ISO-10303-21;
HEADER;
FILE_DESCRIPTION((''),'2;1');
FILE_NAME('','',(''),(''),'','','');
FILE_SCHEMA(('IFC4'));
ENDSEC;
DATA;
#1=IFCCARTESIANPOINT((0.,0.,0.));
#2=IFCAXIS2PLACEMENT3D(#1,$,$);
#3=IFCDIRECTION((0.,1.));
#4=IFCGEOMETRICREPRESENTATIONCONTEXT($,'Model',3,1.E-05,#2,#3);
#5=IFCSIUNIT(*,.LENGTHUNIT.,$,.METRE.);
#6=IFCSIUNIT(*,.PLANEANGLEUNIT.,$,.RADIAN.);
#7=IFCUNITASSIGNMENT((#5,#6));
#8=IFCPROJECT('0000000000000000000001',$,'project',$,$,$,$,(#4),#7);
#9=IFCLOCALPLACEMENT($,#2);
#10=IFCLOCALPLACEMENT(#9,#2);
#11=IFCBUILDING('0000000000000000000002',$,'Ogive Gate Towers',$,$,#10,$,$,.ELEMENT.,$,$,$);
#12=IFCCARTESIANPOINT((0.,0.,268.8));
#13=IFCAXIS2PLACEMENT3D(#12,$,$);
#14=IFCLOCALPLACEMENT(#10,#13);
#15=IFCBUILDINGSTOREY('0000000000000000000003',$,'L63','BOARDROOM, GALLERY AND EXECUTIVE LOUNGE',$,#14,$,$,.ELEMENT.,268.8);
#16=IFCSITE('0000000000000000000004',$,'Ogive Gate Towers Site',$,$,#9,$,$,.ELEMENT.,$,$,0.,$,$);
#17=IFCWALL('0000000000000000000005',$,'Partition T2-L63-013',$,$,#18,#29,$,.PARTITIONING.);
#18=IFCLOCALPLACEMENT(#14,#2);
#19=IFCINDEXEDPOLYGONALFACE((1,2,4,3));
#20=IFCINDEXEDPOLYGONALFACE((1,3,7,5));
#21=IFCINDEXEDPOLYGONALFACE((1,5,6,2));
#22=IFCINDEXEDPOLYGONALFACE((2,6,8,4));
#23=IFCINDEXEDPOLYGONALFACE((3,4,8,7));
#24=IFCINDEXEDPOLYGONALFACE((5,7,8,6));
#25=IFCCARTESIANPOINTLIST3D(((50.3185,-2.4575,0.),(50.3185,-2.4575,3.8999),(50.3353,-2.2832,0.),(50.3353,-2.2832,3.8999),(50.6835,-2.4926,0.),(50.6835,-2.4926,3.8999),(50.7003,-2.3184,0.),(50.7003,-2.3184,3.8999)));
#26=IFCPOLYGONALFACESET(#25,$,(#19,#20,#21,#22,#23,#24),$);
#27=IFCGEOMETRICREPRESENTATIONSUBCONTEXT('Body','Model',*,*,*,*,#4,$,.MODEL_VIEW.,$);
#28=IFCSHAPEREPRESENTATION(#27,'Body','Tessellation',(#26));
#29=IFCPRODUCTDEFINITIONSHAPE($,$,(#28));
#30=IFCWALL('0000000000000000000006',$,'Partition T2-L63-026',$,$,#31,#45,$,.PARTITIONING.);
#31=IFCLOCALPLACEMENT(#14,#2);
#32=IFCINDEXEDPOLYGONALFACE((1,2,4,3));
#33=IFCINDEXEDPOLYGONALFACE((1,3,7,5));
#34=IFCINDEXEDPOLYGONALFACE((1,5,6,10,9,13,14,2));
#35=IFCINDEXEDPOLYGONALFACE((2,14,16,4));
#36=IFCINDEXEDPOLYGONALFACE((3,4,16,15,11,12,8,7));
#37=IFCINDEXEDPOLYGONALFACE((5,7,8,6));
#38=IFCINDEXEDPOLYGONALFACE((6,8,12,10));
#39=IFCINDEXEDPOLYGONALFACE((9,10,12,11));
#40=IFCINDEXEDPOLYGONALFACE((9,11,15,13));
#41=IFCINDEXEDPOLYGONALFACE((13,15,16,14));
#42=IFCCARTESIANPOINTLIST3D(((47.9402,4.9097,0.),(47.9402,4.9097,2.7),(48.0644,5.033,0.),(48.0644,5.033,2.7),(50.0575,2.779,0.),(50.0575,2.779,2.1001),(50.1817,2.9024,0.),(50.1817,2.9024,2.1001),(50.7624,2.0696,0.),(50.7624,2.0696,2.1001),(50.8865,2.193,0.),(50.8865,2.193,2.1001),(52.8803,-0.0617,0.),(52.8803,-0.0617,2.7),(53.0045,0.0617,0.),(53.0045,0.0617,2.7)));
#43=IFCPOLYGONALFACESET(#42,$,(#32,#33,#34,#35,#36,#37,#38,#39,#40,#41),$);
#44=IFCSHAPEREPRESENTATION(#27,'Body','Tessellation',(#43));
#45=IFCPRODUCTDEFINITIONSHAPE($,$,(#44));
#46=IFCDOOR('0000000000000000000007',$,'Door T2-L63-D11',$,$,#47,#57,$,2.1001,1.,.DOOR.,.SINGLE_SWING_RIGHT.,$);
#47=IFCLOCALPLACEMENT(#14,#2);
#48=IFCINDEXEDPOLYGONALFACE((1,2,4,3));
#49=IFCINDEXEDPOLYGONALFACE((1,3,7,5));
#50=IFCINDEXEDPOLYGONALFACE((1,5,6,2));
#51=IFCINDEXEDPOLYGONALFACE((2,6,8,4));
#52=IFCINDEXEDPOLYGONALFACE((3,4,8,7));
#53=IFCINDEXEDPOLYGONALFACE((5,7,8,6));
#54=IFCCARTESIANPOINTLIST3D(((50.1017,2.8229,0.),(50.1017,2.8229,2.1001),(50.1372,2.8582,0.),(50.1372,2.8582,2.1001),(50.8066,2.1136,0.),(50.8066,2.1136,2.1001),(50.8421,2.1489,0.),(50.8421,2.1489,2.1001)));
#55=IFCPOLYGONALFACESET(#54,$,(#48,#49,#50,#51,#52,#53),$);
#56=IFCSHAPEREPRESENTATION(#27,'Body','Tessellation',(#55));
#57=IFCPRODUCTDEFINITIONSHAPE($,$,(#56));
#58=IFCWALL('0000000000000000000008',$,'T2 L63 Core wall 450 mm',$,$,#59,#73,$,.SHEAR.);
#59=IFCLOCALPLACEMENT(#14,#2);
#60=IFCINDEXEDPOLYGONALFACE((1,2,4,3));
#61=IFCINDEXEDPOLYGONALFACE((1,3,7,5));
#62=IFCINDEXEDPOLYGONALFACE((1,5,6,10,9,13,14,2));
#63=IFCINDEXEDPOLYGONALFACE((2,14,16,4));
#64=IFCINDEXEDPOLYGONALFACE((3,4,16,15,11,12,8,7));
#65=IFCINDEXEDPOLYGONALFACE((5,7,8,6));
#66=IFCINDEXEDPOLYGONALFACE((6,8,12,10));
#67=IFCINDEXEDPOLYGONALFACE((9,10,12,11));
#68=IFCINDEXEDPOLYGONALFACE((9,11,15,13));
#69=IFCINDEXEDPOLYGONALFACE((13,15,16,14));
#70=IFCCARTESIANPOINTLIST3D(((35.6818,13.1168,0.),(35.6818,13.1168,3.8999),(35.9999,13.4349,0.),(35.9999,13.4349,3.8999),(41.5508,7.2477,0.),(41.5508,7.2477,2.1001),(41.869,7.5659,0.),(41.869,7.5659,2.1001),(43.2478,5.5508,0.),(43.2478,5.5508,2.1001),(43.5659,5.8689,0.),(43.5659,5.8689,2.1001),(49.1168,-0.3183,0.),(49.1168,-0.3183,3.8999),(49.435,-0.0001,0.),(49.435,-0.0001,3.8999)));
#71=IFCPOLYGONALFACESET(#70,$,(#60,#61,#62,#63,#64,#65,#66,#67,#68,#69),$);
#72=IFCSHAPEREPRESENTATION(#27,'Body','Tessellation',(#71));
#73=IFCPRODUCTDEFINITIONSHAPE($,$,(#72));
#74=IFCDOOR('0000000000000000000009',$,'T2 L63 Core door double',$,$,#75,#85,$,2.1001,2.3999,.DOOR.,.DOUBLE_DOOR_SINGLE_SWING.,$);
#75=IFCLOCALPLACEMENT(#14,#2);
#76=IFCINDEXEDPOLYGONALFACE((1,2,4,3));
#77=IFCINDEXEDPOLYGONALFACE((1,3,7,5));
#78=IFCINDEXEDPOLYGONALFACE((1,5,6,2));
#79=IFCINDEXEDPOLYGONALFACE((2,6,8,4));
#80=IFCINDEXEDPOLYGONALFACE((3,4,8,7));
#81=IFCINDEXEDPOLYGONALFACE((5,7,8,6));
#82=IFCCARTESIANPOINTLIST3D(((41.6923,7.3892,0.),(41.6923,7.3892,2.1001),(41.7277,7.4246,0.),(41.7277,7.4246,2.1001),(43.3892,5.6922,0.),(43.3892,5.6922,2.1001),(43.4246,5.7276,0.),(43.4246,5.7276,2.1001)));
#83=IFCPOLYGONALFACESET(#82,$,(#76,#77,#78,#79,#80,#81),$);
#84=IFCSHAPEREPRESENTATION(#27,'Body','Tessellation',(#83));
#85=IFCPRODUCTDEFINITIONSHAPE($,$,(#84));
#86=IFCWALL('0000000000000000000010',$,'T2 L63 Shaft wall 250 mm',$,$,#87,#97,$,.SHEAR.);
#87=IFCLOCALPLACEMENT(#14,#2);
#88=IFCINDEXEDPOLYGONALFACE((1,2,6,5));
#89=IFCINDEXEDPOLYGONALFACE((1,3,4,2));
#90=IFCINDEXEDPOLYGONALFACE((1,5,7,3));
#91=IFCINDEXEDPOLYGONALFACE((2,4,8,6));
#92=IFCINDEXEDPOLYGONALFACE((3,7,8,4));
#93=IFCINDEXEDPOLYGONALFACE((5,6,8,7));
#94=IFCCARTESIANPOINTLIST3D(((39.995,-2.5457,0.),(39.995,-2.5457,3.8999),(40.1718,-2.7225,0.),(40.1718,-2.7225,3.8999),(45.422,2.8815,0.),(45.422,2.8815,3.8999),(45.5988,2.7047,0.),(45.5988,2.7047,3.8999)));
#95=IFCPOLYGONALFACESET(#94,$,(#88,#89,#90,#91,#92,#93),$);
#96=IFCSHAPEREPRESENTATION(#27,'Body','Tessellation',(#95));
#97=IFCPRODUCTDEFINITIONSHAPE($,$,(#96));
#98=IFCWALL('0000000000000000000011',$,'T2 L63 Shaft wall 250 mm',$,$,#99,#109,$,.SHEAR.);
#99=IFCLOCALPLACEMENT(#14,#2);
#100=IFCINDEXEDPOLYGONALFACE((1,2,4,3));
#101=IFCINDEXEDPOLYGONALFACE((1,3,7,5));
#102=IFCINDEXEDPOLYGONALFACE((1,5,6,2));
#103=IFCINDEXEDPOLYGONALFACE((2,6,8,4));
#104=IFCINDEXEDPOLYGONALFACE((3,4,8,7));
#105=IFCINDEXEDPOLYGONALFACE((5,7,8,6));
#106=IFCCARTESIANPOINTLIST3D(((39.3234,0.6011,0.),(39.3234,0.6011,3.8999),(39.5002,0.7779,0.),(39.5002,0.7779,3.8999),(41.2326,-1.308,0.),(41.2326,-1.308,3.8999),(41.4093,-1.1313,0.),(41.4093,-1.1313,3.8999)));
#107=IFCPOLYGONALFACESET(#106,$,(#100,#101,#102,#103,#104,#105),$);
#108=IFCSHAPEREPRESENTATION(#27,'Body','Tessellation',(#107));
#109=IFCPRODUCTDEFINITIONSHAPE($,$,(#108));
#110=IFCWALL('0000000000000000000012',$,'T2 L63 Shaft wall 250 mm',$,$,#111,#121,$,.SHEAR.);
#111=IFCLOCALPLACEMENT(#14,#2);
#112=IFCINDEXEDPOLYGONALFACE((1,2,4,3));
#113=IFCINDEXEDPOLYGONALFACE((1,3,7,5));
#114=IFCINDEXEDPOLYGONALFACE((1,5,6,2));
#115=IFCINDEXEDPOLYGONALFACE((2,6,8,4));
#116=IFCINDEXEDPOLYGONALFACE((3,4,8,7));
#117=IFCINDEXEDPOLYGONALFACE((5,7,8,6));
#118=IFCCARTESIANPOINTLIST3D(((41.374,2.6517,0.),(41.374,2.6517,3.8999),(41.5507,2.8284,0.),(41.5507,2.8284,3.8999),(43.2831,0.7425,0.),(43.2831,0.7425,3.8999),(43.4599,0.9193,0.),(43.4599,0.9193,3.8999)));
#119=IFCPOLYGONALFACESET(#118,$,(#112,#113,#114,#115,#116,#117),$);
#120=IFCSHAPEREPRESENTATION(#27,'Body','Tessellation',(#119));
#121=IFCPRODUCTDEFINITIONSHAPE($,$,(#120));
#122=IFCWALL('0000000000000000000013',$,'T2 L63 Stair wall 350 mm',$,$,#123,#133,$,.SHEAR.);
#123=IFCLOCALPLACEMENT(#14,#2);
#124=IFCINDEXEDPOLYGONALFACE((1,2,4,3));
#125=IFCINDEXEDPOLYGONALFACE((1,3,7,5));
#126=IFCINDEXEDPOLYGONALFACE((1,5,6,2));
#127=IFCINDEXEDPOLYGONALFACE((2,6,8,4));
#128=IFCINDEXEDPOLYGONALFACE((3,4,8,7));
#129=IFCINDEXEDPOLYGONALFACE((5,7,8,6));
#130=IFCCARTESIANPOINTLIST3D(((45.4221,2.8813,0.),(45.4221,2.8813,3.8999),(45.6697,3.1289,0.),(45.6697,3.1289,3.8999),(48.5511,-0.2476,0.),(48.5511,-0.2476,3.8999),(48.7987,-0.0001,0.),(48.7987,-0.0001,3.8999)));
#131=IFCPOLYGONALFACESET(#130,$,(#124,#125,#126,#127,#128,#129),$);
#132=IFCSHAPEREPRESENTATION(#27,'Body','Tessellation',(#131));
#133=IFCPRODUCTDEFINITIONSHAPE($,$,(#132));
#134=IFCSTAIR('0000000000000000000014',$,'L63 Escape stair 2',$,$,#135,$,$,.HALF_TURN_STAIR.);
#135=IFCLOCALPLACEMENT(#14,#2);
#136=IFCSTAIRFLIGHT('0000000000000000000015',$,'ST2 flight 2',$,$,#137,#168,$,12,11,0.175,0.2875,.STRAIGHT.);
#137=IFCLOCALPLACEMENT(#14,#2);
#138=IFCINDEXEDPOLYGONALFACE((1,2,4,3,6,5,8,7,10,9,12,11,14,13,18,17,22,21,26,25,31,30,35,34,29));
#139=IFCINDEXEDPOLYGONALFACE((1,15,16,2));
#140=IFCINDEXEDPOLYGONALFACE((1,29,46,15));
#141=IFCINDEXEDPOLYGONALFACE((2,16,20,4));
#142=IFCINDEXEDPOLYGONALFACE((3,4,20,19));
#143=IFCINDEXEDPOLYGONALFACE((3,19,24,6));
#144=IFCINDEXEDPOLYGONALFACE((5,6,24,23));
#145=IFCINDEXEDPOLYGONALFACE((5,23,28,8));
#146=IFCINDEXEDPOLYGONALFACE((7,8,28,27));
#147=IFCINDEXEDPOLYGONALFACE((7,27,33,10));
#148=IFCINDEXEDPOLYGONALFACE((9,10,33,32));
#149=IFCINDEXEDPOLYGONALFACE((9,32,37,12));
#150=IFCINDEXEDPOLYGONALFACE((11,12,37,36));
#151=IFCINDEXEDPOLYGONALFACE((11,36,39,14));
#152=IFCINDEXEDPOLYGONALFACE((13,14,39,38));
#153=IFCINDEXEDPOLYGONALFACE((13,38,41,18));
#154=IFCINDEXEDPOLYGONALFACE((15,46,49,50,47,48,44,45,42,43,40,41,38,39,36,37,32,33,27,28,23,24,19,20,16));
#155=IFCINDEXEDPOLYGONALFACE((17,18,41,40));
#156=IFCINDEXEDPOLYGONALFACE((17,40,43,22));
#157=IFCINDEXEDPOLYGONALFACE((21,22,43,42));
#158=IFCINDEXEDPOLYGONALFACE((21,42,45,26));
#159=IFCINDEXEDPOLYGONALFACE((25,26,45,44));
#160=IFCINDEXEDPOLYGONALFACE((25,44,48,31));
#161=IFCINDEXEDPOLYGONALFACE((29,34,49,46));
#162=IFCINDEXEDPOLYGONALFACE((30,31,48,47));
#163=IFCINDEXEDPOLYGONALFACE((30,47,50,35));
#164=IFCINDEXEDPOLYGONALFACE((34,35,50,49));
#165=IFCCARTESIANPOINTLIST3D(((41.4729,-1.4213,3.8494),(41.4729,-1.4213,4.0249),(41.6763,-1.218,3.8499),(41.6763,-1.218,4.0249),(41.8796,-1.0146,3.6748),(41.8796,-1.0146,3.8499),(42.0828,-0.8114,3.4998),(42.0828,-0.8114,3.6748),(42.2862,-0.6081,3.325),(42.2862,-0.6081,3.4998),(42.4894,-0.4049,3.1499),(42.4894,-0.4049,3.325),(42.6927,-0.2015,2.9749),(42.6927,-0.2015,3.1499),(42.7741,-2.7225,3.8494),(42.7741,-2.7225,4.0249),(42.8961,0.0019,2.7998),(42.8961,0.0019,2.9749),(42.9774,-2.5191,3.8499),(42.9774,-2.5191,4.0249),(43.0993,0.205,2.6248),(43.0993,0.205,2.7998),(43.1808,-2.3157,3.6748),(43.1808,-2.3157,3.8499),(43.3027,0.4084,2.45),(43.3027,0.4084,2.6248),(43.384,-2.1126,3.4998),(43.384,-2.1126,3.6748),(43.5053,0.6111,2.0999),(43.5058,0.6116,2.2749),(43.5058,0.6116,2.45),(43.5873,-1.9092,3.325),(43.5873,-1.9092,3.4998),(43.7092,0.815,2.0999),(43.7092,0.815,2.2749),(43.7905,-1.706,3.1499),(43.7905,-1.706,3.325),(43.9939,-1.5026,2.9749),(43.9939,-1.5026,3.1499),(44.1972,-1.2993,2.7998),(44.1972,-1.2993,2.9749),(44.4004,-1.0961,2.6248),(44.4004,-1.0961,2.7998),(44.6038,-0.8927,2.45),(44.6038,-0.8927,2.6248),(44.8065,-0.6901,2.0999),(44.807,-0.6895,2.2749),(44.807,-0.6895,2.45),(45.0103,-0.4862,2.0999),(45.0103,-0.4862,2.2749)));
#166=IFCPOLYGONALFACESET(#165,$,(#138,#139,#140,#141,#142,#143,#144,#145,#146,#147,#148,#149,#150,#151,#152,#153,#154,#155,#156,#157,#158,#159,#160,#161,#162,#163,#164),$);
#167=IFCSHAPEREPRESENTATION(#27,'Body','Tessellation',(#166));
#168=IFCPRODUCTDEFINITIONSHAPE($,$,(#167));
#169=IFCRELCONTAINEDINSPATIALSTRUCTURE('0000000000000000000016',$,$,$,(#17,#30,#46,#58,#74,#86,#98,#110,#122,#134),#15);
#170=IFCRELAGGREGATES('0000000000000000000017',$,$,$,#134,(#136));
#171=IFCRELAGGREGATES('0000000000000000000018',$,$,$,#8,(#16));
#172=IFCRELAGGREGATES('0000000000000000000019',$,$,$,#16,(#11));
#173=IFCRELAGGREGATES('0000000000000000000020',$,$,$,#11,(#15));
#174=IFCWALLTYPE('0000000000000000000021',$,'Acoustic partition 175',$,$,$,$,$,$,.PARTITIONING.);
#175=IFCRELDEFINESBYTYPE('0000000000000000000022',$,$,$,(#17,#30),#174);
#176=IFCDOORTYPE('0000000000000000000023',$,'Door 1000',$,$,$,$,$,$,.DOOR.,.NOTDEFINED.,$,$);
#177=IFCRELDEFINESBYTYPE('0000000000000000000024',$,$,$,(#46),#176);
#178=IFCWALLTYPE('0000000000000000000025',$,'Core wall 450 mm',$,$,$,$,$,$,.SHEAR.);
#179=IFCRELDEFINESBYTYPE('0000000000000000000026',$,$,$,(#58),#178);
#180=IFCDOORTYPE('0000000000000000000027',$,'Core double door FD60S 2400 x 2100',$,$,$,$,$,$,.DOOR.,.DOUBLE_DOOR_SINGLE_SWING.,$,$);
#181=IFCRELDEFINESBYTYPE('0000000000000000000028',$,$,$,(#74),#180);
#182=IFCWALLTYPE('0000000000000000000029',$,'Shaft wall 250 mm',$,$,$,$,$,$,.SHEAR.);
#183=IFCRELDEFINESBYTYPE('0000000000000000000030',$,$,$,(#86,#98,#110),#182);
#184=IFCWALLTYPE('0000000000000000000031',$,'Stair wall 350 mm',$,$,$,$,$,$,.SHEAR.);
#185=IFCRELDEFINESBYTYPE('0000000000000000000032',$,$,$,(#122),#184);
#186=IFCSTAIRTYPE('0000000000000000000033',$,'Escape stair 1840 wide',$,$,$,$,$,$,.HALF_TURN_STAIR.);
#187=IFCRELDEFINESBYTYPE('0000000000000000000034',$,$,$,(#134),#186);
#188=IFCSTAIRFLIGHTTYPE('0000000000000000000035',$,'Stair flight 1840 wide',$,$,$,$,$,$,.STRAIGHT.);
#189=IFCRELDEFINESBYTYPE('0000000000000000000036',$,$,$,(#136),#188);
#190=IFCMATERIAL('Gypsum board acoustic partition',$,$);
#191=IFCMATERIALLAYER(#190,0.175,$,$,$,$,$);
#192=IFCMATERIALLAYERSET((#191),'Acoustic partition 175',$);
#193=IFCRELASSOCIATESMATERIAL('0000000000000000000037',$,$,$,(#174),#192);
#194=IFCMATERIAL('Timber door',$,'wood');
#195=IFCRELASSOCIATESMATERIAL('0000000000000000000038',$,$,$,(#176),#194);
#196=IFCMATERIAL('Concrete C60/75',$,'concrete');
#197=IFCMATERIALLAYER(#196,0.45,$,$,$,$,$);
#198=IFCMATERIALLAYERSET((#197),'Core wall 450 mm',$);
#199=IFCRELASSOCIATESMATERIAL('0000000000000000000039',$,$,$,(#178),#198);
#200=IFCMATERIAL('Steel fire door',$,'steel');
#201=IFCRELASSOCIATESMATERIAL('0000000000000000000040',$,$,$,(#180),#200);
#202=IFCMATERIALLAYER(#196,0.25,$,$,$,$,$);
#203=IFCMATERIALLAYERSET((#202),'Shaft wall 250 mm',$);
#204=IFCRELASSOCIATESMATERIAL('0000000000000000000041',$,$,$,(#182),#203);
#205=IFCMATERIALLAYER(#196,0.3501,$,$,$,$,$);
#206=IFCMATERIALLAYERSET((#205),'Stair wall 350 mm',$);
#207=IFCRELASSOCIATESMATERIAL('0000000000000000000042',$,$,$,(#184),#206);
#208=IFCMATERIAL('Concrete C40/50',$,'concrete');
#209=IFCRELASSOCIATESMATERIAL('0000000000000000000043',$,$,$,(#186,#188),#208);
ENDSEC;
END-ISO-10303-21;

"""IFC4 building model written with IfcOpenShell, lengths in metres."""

from ifc_helpers import new_model, si_unit, direction, frame, frame_2d, origin, place, context, subcontext, project, spatial, polyline, rectangle, outline, extrude, material, layer, layer_set, type_object, element, fill, aggregate, save


model = new_model("IFC4")

# Units and contexts
model_context = context("Model", 3, precision=1e-05, world=origin(), true_north=direction((0.0, 1.0)))
body_context = subcontext(model_context, "Body", "Model", "MODEL_VIEW")
ifc_project = project(units=[si_unit("LENGTHUNIT", "METRE"), si_unit("PLANEANGLEUNIT", "RADIAN")], contexts=[model_context])

# Site, building, storey
site_placement = place(None, origin())
site = spatial("IfcSite", under=ifc_project, at=site_placement, Name="Ogive Gate Towers Site", CompositionType="ELEMENT", RefElevation=0.0)
building_placement = place(site_placement, origin())
building = spatial("IfcBuilding", under=site, at=building_placement, Name="Ogive Gate Towers", CompositionType="ELEMENT")
storey_placement = place(building_placement, frame((0.0, 0.0, 268.8)))
storey = spatial("IfcBuildingStorey", under=building, at=storey_placement, Name="L63", Description="BOARDROOM, GALLERY AND EXECUTIVE LOUNGE", CompositionType="ELEMENT", Elevation=268.8)

# Shared definitions
ifc_material_1 = material(Name="Concrete C40/50", Category="concrete")

# Wall
ifc_material_2 = material(Name="Gypsum board acoustic partition")
ifc_layer_1 = layer(ifc_material_2, 0.175)
ifc_layer_set_1 = layer_set([ifc_layer_1], Name="Acoustic partition 175")
wall_type_1 = type_object("IfcWallType", Name="Acoustic partition 175", PredefinedType="PARTITIONING", material=ifc_layer_set_1)
wall_1_placement = place(storey_placement, frame((50.3269, -2.3704, 0.0), z_axis=(0.0, 0.0, 1.0), x_axis=(0.995393, -0.095877, 0.0)))
element("IfcWall", 1, at=wall_1_placement, inside=storey, type_object=wall_type_1, Name="Partition T2-L63-013", PredefinedType="PARTITIONING", context=body_context, shape_type="SweptSolid", body=[
    extrude(rectangle(XDim=0.3667, YDim=0.175, at=frame_2d((0.1833, 0.0))), origin(), (0.0, 0.0, 1.0), 3.8999),
])

# Walls, openings, doors
wall_2_placement = place(storey_placement, frame((48.0022, 4.9714, 0.0), z_axis=(0.0, 0.0, 1.0), x_axis=(0.704874, -0.709333, 0.0)))
wall_2 = element("IfcWall", 2, at=wall_2_placement, inside=storey, type_object=wall_type_1, Name="Partition T2-L63-026", PredefinedType="PARTITIONING", context=body_context, shape_type="SweptSolid", body=[
    extrude(rectangle(XDim=7.0085, YDim=0.175, at=frame_2d((3.5044, 0.0))), origin(), (0.0, 0.0, 1.0), 2.7),
])
opening_1_placement = place(wall_2_placement, frame((3.0039, 0.0, 0.0)))
opening_1 = element("IfcOpeningElement", 3, at=opening_1_placement, cuts=wall_2, PredefinedType="OPENING", context=body_context, shape_type="SweptSolid", body=[
    extrude(rectangle(XDim=1.0, YDim=2.1001, at=frame_2d((0.5, 1.05))), frame((0.0, 0.0977, 0.0), z_axis=(0.0, -1.0, 0.0), x_axis=(1.0, 0.0, 0.0)), (0.0, 0.0, 1.0), 0.1951),
])
ifc_material_3 = material(Name="Timber door", Category="wood")
door_type_1 = type_object("IfcDoorType", Name="Door 1000", OperationType="NOTDEFINED", PredefinedType="DOOR", material=ifc_material_3)
door_1_placement = place(opening_1_placement, origin())
door_1 = element("IfcDoor", 4, at=door_1_placement, inside=storey, type_object=door_type_1, Name="Door T2-L63-D11", OperationType="SINGLE_SWING_RIGHT", OverallHeight=2.1001, OverallWidth=1.0, PredefinedType="DOOR", context=body_context, shape_type="SweptSolid", body=[
    extrude(rectangle(XDim=1.0, YDim=2.1001, at=frame_2d((0.5, 1.05))), frame((0.0, 0.0249, 0.0), z_axis=(0.0, -1.0, 0.0), x_axis=(1.0, 0.0, 0.0)), (0.0, 0.0, 1.0), 0.05),
])
fill(opening_1, door_1)
ifc_material_4 = material(Name="Concrete C60/75", Category="concrete")
ifc_layer_2 = layer(ifc_material_4, 0.45)
ifc_layer_set_2 = layer_set([ifc_layer_2], Name="Core wall 450 mm")
wall_type_2 = type_object("IfcWallType", Name="Core wall 450 mm", PredefinedType="SHEAR", material=ifc_layer_set_2)
wall_3_placement = place(storey_placement, frame((49.2759, -0.1592, 0.0), z_axis=(0.0, 0.0, 1.0), x_axis=(-0.707107, 0.707107, 0.0)))
wall_3 = element("IfcWall", 5, at=wall_3_placement, inside=storey, type_object=wall_type_2, Name="T2 L63 Core wall 450 mm", PredefinedType="SHEAR", context=body_context, shape_type="SweptSolid", body=[
    extrude(rectangle(XDim=19.0, YDim=0.45, at=frame_2d((9.5, 0.0))), origin(), (0.0, 0.0, 1.0), 3.8999),
])
opening_2_placement = place(wall_3_placement, frame((8.3, 0.0, 0.0)))
opening_2 = element("IfcOpeningElement", 6, at=opening_2_placement, cuts=wall_3, PredefinedType="OPENING", context=body_context, shape_type="SweptSolid", body=[
    extrude(rectangle(XDim=2.3999, YDim=2.1001, at=frame_2d((1.2, 1.05))), frame((0.0, 0.2349, 0.0), z_axis=(0.0, -1.0, 0.0), x_axis=(1.0, 0.0, 0.0)), (0.0, 0.0, 1.0), 0.47),
])
ifc_material_5 = material(Name="Steel fire door", Category="steel")
door_type_2 = type_object("IfcDoorType", Name="Core double door FD60S 2400 x 2100", OperationType="DOUBLE_DOOR_SINGLE_SWING", PredefinedType="DOOR", material=ifc_material_5)
door_2_placement = place(opening_2_placement, origin())
door_2 = element("IfcDoor", 7, at=door_2_placement, inside=storey, type_object=door_type_2, Name="T2 L63 Core door double", OperationType="DOUBLE_DOOR_SINGLE_SWING", OverallHeight=2.1001, OverallWidth=2.3999, PredefinedType="DOOR", context=body_context, shape_type="SweptSolid", body=[
    extrude(rectangle(XDim=2.3999, YDim=2.1001, at=frame_2d((1.2, 1.05))), frame((0.0, 0.0249, 0.0), z_axis=(0.0, -1.0, 0.0), x_axis=(1.0, 0.0, 0.0)), (0.0, 0.0, 1.0), 0.05),
])
fill(opening_2, door_2)

# Walls
ifc_layer_3 = layer(ifc_material_4, 0.25)
ifc_layer_set_3 = layer_set([ifc_layer_3], Name="Shaft wall 250 mm")
wall_type_3 = type_object("IfcWallType", Name="Shaft wall 250 mm", PredefinedType="SHEAR", material=ifc_layer_set_3)
wall_4_placement = place(storey_placement, frame((40.0835, -2.634, 0.0), z_axis=(0.0, 0.0, 1.0), x_axis=(0.707091, 0.707123, 0.0)))
element("IfcWall", 8, at=wall_4_placement, inside=storey, type_object=wall_type_3, Name="T2 L63 Shaft wall 250 mm", PredefinedType="SHEAR", context=body_context, shape_type="SweptSolid", body=[
    extrude(rectangle(XDim=7.675, YDim=0.25, at=frame_2d((3.8374, 0.0))), origin(), (0.0, 0.0, 1.0), 3.8999),
])
for number, where, z_axis, x_axis, name in (
    (9, (41.321, -1.2197, 0.0), (0.0, 0.0, 1.0), (-0.707107, 0.707107, 0.0), "T2 L63 Shaft wall 250 mm"),
    (10, (43.3716, 0.8308, 0.0), (0.0, 0.0, 1.0), (-0.707107, 0.707107, 0.0), "T2 L63 Shaft wall 250 mm"),
):
    element("IfcWall", number, at=place(storey_placement, frame(where, z_axis=z_axis, x_axis=x_axis)), inside=storey, type_object=wall_type_3, Name=name, PredefinedType="SHEAR", context=body_context, shape_type="SweptSolid", body=[
        extrude(rectangle(XDim=2.7, YDim=0.25, at=frame_2d((1.3501, 0.0))), origin(), (0.0, 0.0, 1.0), 3.8999),
    ])
ifc_layer_4 = layer(ifc_material_4, 0.3501)
ifc_layer_set_4 = layer_set([ifc_layer_4], Name="Stair wall 350 mm")
wall_type_4 = type_object("IfcWallType", Name="Stair wall 350 mm", PredefinedType="SHEAR", material=ifc_layer_set_4)
wall_5_placement = place(storey_placement, frame((48.6748, -0.1238, 0.0), z_axis=(0.0, 0.0, 1.0), x_axis=(-0.707107, 0.707107, 0.0)))
element("IfcWall", 11, at=wall_5_placement, inside=storey, type_object=wall_type_4, Name="T2 L63 Stair wall 350 mm", PredefinedType="SHEAR", context=body_context, shape_type="SweptSolid", body=[
    extrude(rectangle(XDim=4.425, YDim=0.3501, at=frame_2d((2.2124, 0.0))), origin(), (0.0, 0.0, 1.0), 3.8999),
])

# Stair, stair flight
stair_type = type_object("IfcStairType", Name="Escape stair 1840 wide", PredefinedType="HALF_TURN_STAIR", material=ifc_material_1)
stair_placement = place(storey_placement, origin())
stair = element("IfcStair", 12, at=stair_placement, inside=storey, type_object=stair_type, Name="L63 Escape stair 2", PredefinedType="HALF_TURN_STAIR")
stair_flight_type = type_object("IfcStairFlightType", Name="Stair flight 1840 wide", PredefinedType="STRAIGHT", material=ifc_material_1)
stair_flight_placement = place(storey_placement, frame((44.3599, 0.1643, 2.0999), z_axis=(0.0, 0.0, 1.0), x_axis=(-0.707107, -0.707107, 0.0)))
stair_flight = element("IfcStairFlight", 13, at=stair_flight_placement, type_object=stair_flight_type, Name="ST2 flight 2", NumberOfRisers=12, NumberOfTreads=11, PredefinedType="STRAIGHT", RiserHeight=0.175, TreadLength=0.2875, context=body_context, shape_type="SweptSolid", body=[
    extrude(outline(polyline([(0.0, 0.0), (0.0, 0.175), (0.2876, 0.175), (0.2876, 0.3501), (0.575, 0.3501), (0.575, 0.5249), (0.8625, 0.5249), (0.8625, 0.7), (1.1499, 0.7), (1.1499, 0.875), (1.4375, 0.875), (1.4375, 1.05), (1.7251, 1.05), (1.7251, 1.2251), (2.0125, 1.2251), (2.0125, 1.3999), (2.3, 1.3999), (2.3, 1.575), (2.5874, 1.575), (2.5874, 1.75), (2.875, 1.75), (2.875, 1.925), (3.1626, 1.925), (3.1626, 2.1001), (3.1626, 1.7495), (0.2883, 0.0), (0.0, 0.0)])), frame((0.0, 0.9199, 0.0), z_axis=(0.0, -1.0, 0.0), x_axis=(1.0, 0.0, 0.0)), (0.0, 0.0, 1.0), 1.8401),
])
aggregate(stair, [stair_flight])

save(model, "model.ifc")
